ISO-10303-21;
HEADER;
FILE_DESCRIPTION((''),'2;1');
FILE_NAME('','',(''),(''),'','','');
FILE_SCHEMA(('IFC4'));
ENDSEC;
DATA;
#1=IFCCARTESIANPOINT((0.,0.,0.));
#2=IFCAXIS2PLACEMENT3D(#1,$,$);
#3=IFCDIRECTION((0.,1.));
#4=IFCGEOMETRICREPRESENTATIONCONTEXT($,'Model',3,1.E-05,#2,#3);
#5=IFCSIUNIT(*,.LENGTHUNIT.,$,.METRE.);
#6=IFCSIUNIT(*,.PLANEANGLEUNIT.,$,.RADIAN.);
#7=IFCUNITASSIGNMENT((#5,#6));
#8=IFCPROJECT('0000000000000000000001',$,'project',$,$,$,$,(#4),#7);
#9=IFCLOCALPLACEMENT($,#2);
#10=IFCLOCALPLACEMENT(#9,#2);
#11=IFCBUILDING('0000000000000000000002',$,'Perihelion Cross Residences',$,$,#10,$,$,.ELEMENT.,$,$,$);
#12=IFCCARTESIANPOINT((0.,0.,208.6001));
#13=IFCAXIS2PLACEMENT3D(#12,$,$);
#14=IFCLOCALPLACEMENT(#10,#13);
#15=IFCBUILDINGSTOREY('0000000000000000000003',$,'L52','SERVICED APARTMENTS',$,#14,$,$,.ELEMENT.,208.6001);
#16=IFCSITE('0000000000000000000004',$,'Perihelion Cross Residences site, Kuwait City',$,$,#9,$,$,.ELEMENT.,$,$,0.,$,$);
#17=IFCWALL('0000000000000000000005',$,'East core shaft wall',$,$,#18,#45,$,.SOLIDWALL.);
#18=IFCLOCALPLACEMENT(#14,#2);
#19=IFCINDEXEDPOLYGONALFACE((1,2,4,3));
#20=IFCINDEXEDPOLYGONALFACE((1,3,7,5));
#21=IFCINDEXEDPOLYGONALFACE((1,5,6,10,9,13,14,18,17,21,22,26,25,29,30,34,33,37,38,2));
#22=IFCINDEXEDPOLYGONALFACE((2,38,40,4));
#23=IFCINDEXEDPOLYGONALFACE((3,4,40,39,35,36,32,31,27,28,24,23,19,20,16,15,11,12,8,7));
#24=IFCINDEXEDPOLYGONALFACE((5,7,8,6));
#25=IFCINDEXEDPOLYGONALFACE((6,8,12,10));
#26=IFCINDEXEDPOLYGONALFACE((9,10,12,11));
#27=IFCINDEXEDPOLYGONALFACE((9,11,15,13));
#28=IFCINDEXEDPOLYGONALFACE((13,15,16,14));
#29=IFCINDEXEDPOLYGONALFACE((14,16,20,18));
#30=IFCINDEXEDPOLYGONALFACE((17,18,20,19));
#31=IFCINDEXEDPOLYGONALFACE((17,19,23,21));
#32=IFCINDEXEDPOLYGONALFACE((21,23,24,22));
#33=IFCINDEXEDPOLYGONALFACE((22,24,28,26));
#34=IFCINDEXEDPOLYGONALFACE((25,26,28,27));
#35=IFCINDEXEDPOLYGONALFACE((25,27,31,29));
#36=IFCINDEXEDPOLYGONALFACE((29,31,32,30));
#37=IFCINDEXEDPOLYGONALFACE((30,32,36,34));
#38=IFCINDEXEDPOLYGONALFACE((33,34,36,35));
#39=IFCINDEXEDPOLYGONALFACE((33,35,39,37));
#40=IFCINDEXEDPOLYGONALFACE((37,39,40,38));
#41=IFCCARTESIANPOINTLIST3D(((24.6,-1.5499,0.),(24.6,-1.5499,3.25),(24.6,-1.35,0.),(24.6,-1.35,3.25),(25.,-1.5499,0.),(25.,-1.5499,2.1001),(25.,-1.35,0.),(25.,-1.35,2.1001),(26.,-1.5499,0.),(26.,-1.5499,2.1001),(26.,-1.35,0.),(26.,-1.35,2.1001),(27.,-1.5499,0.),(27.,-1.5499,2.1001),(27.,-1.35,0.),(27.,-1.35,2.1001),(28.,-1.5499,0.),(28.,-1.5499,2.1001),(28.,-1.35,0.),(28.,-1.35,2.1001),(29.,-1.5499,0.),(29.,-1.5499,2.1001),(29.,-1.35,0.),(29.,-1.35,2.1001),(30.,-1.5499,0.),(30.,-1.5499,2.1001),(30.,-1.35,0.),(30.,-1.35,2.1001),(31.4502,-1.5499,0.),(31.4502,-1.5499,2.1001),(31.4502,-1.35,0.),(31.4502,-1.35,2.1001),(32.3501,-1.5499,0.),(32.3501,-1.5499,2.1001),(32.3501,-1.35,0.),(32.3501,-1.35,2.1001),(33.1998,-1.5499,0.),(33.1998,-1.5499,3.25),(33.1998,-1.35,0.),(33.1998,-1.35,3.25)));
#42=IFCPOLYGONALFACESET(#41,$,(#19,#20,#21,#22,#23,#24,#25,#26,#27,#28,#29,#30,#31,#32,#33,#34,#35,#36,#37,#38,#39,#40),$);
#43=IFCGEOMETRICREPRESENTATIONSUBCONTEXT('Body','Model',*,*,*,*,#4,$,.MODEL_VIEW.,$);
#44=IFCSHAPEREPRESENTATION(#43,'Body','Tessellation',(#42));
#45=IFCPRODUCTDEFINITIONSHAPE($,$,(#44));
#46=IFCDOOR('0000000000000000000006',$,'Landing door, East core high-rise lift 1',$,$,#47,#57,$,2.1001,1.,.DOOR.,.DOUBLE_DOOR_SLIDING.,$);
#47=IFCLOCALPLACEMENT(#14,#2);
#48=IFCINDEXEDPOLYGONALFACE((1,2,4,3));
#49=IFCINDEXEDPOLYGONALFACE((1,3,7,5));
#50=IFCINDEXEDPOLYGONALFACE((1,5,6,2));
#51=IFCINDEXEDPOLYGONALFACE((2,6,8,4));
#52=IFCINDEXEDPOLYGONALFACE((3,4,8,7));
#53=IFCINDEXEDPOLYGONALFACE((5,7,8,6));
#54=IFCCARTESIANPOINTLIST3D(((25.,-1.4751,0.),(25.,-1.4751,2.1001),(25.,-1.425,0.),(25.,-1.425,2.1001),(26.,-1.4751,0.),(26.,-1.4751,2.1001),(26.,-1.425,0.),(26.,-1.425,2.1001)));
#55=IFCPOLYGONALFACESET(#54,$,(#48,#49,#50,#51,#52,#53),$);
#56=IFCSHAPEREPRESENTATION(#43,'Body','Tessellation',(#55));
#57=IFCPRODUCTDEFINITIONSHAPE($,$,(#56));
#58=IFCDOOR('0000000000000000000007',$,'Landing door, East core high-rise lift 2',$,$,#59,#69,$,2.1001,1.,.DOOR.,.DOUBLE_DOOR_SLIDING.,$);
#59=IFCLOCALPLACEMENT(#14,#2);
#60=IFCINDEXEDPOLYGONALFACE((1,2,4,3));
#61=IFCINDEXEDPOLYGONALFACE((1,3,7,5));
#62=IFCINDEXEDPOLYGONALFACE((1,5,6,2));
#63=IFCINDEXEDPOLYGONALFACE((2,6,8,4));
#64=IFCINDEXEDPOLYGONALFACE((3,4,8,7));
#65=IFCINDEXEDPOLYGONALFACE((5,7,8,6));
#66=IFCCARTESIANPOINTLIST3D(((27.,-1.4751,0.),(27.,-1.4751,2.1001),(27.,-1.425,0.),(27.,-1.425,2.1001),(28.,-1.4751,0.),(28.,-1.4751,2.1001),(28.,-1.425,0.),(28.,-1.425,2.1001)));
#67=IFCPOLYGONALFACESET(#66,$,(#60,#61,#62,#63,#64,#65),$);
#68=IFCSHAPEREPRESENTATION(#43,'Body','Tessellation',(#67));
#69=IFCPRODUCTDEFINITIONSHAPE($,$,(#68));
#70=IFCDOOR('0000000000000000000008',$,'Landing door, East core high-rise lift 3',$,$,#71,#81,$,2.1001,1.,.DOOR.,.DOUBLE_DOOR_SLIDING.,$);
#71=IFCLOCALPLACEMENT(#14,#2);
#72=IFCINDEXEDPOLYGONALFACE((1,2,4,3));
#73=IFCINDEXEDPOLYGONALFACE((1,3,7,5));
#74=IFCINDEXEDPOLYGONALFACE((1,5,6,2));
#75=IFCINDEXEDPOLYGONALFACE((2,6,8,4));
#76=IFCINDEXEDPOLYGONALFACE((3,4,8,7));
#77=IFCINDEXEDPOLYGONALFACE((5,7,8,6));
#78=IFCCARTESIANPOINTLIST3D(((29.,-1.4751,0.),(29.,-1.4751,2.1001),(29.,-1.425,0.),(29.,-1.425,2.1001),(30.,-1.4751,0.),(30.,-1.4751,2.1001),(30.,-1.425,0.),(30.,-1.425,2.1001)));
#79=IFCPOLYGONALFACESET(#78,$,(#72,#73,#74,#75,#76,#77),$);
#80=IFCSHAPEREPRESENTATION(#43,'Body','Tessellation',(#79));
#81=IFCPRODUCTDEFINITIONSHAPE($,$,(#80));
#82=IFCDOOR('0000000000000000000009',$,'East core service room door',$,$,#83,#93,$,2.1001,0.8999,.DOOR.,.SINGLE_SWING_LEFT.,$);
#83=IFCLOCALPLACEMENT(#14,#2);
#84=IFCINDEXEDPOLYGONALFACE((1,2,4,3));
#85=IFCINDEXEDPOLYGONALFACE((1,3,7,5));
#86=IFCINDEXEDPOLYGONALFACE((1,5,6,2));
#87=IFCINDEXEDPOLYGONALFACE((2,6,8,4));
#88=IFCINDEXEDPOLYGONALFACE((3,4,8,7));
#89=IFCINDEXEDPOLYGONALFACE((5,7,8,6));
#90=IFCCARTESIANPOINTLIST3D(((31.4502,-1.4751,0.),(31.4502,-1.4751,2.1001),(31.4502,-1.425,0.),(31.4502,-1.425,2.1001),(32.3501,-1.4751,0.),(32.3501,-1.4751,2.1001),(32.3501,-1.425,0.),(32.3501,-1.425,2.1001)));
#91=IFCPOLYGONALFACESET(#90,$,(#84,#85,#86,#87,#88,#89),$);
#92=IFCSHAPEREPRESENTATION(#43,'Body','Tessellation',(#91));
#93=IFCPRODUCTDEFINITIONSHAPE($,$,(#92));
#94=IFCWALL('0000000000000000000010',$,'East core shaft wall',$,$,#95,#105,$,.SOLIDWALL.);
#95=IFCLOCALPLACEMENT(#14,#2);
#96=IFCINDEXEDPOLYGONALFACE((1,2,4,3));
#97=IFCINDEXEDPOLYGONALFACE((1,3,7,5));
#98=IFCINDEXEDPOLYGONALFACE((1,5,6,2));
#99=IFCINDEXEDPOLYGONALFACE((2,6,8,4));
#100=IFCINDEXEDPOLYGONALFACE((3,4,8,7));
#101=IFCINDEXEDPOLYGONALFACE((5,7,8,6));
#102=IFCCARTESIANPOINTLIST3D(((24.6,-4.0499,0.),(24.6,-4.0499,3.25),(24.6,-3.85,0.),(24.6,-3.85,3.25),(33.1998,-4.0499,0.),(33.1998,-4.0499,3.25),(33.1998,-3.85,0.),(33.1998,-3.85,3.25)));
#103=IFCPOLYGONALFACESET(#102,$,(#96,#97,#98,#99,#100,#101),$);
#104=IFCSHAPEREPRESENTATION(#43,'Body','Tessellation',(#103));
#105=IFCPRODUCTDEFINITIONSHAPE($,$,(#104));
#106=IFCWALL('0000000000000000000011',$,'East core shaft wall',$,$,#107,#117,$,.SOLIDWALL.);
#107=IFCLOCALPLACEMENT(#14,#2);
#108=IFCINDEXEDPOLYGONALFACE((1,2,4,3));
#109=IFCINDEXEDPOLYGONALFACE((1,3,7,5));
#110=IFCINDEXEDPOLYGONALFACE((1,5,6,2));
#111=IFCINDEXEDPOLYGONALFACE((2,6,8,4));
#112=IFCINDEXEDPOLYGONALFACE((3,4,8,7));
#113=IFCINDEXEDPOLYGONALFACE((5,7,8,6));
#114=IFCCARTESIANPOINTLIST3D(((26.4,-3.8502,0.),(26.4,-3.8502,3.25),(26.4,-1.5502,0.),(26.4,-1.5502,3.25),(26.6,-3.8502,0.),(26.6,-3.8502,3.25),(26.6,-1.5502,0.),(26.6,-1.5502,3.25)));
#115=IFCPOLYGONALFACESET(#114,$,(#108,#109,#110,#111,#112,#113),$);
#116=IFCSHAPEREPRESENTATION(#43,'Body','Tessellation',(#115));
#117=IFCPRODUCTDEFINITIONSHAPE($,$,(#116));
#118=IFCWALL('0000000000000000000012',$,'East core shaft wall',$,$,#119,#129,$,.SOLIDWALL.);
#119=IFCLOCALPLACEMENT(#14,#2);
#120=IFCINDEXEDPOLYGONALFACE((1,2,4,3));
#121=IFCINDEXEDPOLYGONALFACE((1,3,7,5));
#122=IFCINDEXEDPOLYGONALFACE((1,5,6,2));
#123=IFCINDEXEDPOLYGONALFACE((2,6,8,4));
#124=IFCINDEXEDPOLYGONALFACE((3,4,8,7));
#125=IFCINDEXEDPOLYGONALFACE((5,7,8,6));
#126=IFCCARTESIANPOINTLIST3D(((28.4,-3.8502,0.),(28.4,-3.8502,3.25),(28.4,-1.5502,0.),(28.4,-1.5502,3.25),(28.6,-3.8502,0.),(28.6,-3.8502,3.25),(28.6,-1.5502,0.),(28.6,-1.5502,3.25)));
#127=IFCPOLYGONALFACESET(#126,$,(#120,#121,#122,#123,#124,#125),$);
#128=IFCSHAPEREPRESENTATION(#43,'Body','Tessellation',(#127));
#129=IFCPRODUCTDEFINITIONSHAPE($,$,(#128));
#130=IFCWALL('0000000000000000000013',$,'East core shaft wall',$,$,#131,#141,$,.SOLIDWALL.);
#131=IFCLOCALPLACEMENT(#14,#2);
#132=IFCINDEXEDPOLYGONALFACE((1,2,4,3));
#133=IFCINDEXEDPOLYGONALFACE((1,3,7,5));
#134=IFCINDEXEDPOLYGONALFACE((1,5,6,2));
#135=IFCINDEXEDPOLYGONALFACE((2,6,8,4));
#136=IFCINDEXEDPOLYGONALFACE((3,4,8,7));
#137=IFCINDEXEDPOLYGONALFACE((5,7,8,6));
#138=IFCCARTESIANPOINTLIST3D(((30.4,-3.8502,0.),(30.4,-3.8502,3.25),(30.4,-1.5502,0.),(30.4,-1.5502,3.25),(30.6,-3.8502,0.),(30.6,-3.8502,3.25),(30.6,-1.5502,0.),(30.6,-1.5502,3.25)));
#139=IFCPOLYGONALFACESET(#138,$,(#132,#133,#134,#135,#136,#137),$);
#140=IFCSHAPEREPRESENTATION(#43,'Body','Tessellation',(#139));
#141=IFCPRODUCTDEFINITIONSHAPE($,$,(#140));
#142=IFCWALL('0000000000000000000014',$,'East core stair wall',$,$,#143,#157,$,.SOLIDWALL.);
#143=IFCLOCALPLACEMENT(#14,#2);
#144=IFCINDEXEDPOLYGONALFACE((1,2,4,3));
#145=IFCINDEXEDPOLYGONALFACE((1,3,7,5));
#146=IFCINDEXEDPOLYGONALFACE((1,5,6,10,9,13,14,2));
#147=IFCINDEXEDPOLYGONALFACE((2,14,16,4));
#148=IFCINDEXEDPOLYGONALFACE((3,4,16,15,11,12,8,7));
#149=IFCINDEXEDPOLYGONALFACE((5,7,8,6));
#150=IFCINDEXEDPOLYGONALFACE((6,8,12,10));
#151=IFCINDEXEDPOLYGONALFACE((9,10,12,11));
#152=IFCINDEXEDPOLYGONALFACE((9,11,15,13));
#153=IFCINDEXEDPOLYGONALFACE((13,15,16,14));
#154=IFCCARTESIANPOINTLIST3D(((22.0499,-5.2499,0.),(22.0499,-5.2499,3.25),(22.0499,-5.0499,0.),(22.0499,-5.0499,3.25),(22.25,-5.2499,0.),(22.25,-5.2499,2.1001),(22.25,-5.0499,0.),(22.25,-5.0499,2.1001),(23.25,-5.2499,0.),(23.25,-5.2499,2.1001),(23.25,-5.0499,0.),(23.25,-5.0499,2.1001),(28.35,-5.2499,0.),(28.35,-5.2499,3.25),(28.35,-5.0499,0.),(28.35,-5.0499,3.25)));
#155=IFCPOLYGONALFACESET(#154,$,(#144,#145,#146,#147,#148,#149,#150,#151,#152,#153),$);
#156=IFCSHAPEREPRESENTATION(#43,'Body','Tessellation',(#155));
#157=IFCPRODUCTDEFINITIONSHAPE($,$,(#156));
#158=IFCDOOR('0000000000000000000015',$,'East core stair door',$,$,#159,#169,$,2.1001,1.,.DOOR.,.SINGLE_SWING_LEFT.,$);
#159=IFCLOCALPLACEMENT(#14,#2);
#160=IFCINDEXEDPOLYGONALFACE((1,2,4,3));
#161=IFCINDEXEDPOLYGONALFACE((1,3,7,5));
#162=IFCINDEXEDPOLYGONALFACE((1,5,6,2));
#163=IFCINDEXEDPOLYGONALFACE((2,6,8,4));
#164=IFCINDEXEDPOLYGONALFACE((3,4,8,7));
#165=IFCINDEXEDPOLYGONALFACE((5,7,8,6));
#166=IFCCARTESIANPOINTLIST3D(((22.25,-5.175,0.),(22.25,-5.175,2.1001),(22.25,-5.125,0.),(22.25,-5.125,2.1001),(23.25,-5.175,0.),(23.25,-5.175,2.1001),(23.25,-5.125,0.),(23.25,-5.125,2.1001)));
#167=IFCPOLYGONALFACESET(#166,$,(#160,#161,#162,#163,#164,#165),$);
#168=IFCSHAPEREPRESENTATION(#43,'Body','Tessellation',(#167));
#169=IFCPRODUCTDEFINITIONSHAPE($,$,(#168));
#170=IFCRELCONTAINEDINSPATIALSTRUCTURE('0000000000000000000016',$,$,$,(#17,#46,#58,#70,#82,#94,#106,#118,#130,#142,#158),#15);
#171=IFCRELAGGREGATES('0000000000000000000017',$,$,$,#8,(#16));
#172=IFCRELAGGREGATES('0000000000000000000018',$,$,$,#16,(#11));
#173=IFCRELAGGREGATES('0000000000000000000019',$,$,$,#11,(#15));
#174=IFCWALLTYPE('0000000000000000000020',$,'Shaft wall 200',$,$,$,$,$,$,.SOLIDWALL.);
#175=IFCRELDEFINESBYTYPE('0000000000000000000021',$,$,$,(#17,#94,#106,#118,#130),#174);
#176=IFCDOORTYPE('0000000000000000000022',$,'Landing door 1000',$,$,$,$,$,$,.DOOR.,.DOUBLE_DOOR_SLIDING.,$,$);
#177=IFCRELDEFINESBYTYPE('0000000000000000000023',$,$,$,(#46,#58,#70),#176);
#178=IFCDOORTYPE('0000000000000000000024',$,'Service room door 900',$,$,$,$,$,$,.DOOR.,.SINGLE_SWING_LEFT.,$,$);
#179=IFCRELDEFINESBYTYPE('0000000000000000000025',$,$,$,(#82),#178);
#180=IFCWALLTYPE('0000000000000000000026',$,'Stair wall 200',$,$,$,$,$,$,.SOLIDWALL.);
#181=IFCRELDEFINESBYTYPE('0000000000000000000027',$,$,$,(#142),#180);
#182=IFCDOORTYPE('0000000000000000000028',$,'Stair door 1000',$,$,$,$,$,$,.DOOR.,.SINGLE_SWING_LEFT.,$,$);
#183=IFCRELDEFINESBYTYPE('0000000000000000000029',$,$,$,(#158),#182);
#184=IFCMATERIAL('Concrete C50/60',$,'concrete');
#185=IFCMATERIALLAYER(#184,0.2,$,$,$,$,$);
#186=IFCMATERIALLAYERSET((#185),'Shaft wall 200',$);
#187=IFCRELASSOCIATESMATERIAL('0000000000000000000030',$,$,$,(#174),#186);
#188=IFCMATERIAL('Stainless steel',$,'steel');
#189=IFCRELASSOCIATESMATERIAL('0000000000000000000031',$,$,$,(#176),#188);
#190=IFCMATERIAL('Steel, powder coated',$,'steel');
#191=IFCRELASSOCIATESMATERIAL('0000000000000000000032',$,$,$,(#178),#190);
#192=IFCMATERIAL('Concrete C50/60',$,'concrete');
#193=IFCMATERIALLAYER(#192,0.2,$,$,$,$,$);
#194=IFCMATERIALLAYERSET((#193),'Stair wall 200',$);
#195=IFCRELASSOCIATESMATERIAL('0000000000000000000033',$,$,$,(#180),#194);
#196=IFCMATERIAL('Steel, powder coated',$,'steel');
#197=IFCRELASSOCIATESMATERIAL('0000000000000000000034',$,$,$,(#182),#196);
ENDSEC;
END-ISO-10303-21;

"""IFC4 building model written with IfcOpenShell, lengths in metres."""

from ifc_helpers import new_model, si_unit, direction, frame, frame_2d, origin, place, context, subcontext, project, spatial, rectangle, extrude, material, layer, layer_set, type_object, element, fill, save


model = new_model("IFC4")

# Units and contexts
model_context = context("Model", 3, precision=1e-05, world=origin(), true_north=direction((0.0, 1.0)))
body_context = subcontext(model_context, "Body", "Model", "MODEL_VIEW")
ifc_project = project(units=[si_unit("LENGTHUNIT", "METRE"), si_unit("PLANEANGLEUNIT", "RADIAN")], contexts=[model_context])

# Site, building, storey
site_placement = place(None, origin())
site = spatial("IfcSite", under=ifc_project, at=site_placement, Name="Perihelion Cross Residences site, Kuwait City", CompositionType="ELEMENT", RefElevation=0.0)
building_placement = place(site_placement, origin())
building = spatial("IfcBuilding", under=site, at=building_placement, Name="Perihelion Cross Residences", CompositionType="ELEMENT")
storey_placement = place(building_placement, frame((0.0, 0.0, 208.6001)))
storey = spatial("IfcBuildingStorey", under=building, at=storey_placement, Name="L52", Description="SERVICED APARTMENTS", CompositionType="ELEMENT", Elevation=208.6001)

# Wall, openings, doors
ifc_material_1 = material(Name="Concrete C50/60", Category="concrete")
ifc_layer_1 = layer(ifc_material_1, 0.2)
ifc_layer_set_1 = layer_set([ifc_layer_1], Name="Shaft wall 200")
wall_type_1 = type_object("IfcWallType", Name="Shaft wall 200", PredefinedType="SOLIDWALL", material=ifc_layer_set_1)
wall_1_placement = place(storey_placement, frame((24.6001, -1.45, 0.0), z_axis=(0.0, 0.0, 1.0), x_axis=(1.0, 0.0, 0.0)))
wall_1 = element("IfcWall", 1, at=wall_1_placement, inside=storey, type_object=wall_type_1, Name="East core shaft wall", PredefinedType="SOLIDWALL", context=body_context, shape_type="SweptSolid", body=[
    extrude(rectangle(XDim=8.5999, YDim=0.2, at=frame_2d((4.2998, 0.0))), origin(), (0.0, 0.0, 1.0), 3.25),
])
opening_1_placement = place(wall_1_placement, frame((0.3999, 0.0, 0.0)))
opening_1 = element("IfcOpeningElement", 2, at=opening_1_placement, cuts=wall_1, PredefinedType="OPENING", context=body_context, shape_type="SweptSolid", body=[
    extrude(rectangle(XDim=1.0, YDim=2.1001, at=frame_2d((0.5, 1.05))), frame((0.0, 0.1099, 0.0), z_axis=(0.0, -1.0, 0.0), x_axis=(1.0, 0.0, 0.0)), (0.0, 0.0, 1.0), 0.22),
])
opening_2_placement = place(wall_1_placement, frame((2.3999, 0.0, 0.0)))
opening_2 = element("IfcOpeningElement", 3, at=opening_2_placement, cuts=wall_1, PredefinedType="OPENING", context=body_context, shape_type="SweptSolid", body=[
    extrude(rectangle(XDim=1.0, YDim=2.1001, at=frame_2d((0.5, 1.05))), frame((0.0, 0.1099, 0.0), z_axis=(0.0, -1.0, 0.0), x_axis=(1.0, 0.0, 0.0)), (0.0, 0.0, 1.0), 0.22),
])
opening_3_placement = place(wall_1_placement, frame((4.3999, 0.0, 0.0)))
opening_3 = element("IfcOpeningElement", 4, at=opening_3_placement, cuts=wall_1, PredefinedType="OPENING", context=body_context, shape_type="SweptSolid", body=[
    extrude(rectangle(XDim=1.0, YDim=2.1001, at=frame_2d((0.5, 1.05))), frame((0.0, 0.1099, 0.0), z_axis=(0.0, -1.0, 0.0), x_axis=(1.0, 0.0, 0.0)), (0.0, 0.0, 1.0), 0.22),
])
opening_4_placement = place(wall_1_placement, frame((6.8501, 0.0, 0.0)))
opening_4 = element("IfcOpeningElement", 5, at=opening_4_placement, cuts=wall_1, PredefinedType="OPENING", context=body_context, shape_type="SweptSolid", body=[
    extrude(rectangle(XDim=0.8999, YDim=2.1001, at=frame_2d((0.45, 1.05))), frame((0.0, 0.1099, 0.0), z_axis=(0.0, -1.0, 0.0), x_axis=(1.0, 0.0, 0.0)), (0.0, 0.0, 1.0), 0.22),
])
ifc_material_2 = material(Name="Stainless steel", Category="steel")
door_type_1 = type_object("IfcDoorType", Name="Landing door 1000", OperationType="DOUBLE_DOOR_SLIDING", PredefinedType="DOOR", material=ifc_material_2)
door_1_placement = place(opening_1_placement, origin())
door_1 = element("IfcDoor", 6, at=door_1_placement, inside=storey, type_object=door_type_1, Name="Landing door, East core high-rise lift 1", OperationType="DOUBLE_DOOR_SLIDING", OverallHeight=2.1001, OverallWidth=1.0, PredefinedType="DOOR", context=body_context, shape_type="SweptSolid", body=[
    extrude(rectangle(XDim=1.0, YDim=2.1001, at=frame_2d((0.5, 1.05))), frame((0.0, 0.0249, 0.0), z_axis=(0.0, -1.0, 0.0), x_axis=(1.0, 0.0, 0.0)), (0.0, 0.0, 1.0), 0.05),
])
fill(opening_1, door_1)
door_2_placement = place(opening_2_placement, origin())
door_2 = element("IfcDoor", 7, at=door_2_placement, inside=storey, type_object=door_type_1, Name="Landing door, East core high-rise lift 2", OperationType="DOUBLE_DOOR_SLIDING", OverallHeight=2.1001, OverallWidth=1.0, PredefinedType="DOOR", context=body_context, shape_type="SweptSolid", body=[
    extrude(rectangle(XDim=1.0, YDim=2.1001, at=frame_2d((0.5, 1.05))), frame((0.0, 0.0249, 0.0), z_axis=(0.0, -1.0, 0.0), x_axis=(1.0, 0.0, 0.0)), (0.0, 0.0, 1.0), 0.05),
])
fill(opening_2, door_2)
door_3_placement = place(opening_3_placement, origin())
door_3 = element("IfcDoor", 8, at=door_3_placement, inside=storey, type_object=door_type_1, Name="Landing door, East core high-rise lift 3", OperationType="DOUBLE_DOOR_SLIDING", OverallHeight=2.1001, OverallWidth=1.0, PredefinedType="DOOR", context=body_context, shape_type="SweptSolid", body=[
    extrude(rectangle(XDim=1.0, YDim=2.1001, at=frame_2d((0.5, 1.05))), frame((0.0, 0.0249, 0.0), z_axis=(0.0, -1.0, 0.0), x_axis=(1.0, 0.0, 0.0)), (0.0, 0.0, 1.0), 0.05),
])
fill(opening_3, door_3)
ifc_material_3 = material(Name="Steel, powder coated", Category="steel")
door_type_2 = type_object("IfcDoorType", Name="Service room door 900", OperationType="SINGLE_SWING_LEFT", PredefinedType="DOOR", material=ifc_material_3)
door_4_placement = place(opening_4_placement, origin())
door_4 = element("IfcDoor", 9, at=door_4_placement, inside=storey, type_object=door_type_2, Name="East core service room door", OperationType="SINGLE_SWING_LEFT", OverallHeight=2.1001, OverallWidth=0.8999, PredefinedType="DOOR", context=body_context, shape_type="SweptSolid", body=[
    extrude(rectangle(XDim=0.8999, YDim=2.1001, at=frame_2d((0.45, 1.05))), frame((0.0, 0.0249, 0.0), z_axis=(0.0, -1.0, 0.0), x_axis=(1.0, 0.0, 0.0)), (0.0, 0.0, 1.0), 0.05),
])
fill(opening_4, door_4)

# Walls
wall_2_placement = place(storey_placement, frame((24.6001, -3.95, 0.0), z_axis=(0.0, 0.0, 1.0), x_axis=(1.0, 0.0, 0.0)))
element("IfcWall", 10, at=wall_2_placement, inside=storey, type_object=wall_type_1, Name="East core shaft wall", PredefinedType="SOLIDWALL", context=body_context, shape_type="SweptSolid", body=[
    extrude(rectangle(XDim=8.5999, YDim=0.2, at=frame_2d((4.2998, 0.0))), origin(), (0.0, 0.0, 1.0), 3.25),
])
for number, where, z_axis, x_axis, name in (
    (11, (26.5, -3.8501, 0.0), (0.0, 0.0, 1.0), (0.0, 1.0, 0.0), "East core shaft wall"),
    (12, (28.5, -3.8501, 0.0), (0.0, 0.0, 1.0), (0.0, 1.0, 0.0), "East core shaft wall"),
    (13, (30.5, -3.8501, 0.0), (0.0, 0.0, 1.0), (0.0, 1.0, 0.0), "East core shaft wall"),
):
    element("IfcWall", number, at=place(storey_placement, frame(where, z_axis=z_axis, x_axis=x_axis)), inside=storey, type_object=wall_type_1, Name=name, PredefinedType="SOLIDWALL", context=body_context, shape_type="SweptSolid", body=[
        extrude(rectangle(XDim=2.3, YDim=0.2, at=frame_2d((1.1499, 0.0))), origin(), (0.0, 0.0, 1.0), 3.25),
    ])

# Wall, opening, door
ifc_material_4 = material(Name="Concrete C50/60", Category="concrete")
ifc_layer_2 = layer(ifc_material_4, 0.2)
ifc_layer_set_2 = layer_set([ifc_layer_2], Name="Stair wall 200")
wall_type_2 = type_object("IfcWallType", Name="Stair wall 200", PredefinedType="SOLIDWALL", material=ifc_layer_set_2)
wall_3_placement = place(storey_placement, frame((22.05, -5.1499, 0.0), z_axis=(0.0, 0.0, 1.0), x_axis=(1.0, 0.0, 0.0)))
wall_3 = element("IfcWall", 14, at=wall_3_placement, inside=storey, type_object=wall_type_2, Name="East core stair wall", PredefinedType="SOLIDWALL", context=body_context, shape_type="SweptSolid", body=[
    extrude(rectangle(XDim=6.3, YDim=0.2, at=frame_2d((3.1499, 0.0))), origin(), (0.0, 0.0, 1.0), 3.25),
])
opening_5_placement = place(wall_3_placement, frame((0.2, 0.0, 0.0)))
opening_5 = element("IfcOpeningElement", 15, at=opening_5_placement, cuts=wall_3, PredefinedType="OPENING", context=body_context, shape_type="SweptSolid", body=[
    extrude(rectangle(XDim=1.0, YDim=2.1001, at=frame_2d((0.5, 1.05))), frame((0.0, 0.1099, 0.0), z_axis=(0.0, -1.0, 0.0), x_axis=(1.0, 0.0, 0.0)), (0.0, 0.0, 1.0), 0.22),
])
ifc_material_5 = material(Name="Steel, powder coated", Category="steel")
door_type_3 = type_object("IfcDoorType", Name="Stair door 1000", OperationType="SINGLE_SWING_LEFT", PredefinedType="DOOR", material=ifc_material_5)
door_5_placement = place(opening_5_placement, origin())
door_5 = element("IfcDoor", 16, at=door_5_placement, inside=storey, type_object=door_type_3, Name="East core stair door", OperationType="SINGLE_SWING_LEFT", OverallHeight=2.1001, OverallWidth=1.0, PredefinedType="DOOR", context=body_context, shape_type="SweptSolid", body=[
    extrude(rectangle(XDim=1.0, YDim=2.1001, at=frame_2d((0.5, 1.05))), frame((0.0, 0.0249, 0.0), z_axis=(0.0, -1.0, 0.0), x_axis=(1.0, 0.0, 0.0)), (0.0, 0.0, 1.0), 0.05),
])
fill(opening_5, door_5)

save(model, "model.ifc")
